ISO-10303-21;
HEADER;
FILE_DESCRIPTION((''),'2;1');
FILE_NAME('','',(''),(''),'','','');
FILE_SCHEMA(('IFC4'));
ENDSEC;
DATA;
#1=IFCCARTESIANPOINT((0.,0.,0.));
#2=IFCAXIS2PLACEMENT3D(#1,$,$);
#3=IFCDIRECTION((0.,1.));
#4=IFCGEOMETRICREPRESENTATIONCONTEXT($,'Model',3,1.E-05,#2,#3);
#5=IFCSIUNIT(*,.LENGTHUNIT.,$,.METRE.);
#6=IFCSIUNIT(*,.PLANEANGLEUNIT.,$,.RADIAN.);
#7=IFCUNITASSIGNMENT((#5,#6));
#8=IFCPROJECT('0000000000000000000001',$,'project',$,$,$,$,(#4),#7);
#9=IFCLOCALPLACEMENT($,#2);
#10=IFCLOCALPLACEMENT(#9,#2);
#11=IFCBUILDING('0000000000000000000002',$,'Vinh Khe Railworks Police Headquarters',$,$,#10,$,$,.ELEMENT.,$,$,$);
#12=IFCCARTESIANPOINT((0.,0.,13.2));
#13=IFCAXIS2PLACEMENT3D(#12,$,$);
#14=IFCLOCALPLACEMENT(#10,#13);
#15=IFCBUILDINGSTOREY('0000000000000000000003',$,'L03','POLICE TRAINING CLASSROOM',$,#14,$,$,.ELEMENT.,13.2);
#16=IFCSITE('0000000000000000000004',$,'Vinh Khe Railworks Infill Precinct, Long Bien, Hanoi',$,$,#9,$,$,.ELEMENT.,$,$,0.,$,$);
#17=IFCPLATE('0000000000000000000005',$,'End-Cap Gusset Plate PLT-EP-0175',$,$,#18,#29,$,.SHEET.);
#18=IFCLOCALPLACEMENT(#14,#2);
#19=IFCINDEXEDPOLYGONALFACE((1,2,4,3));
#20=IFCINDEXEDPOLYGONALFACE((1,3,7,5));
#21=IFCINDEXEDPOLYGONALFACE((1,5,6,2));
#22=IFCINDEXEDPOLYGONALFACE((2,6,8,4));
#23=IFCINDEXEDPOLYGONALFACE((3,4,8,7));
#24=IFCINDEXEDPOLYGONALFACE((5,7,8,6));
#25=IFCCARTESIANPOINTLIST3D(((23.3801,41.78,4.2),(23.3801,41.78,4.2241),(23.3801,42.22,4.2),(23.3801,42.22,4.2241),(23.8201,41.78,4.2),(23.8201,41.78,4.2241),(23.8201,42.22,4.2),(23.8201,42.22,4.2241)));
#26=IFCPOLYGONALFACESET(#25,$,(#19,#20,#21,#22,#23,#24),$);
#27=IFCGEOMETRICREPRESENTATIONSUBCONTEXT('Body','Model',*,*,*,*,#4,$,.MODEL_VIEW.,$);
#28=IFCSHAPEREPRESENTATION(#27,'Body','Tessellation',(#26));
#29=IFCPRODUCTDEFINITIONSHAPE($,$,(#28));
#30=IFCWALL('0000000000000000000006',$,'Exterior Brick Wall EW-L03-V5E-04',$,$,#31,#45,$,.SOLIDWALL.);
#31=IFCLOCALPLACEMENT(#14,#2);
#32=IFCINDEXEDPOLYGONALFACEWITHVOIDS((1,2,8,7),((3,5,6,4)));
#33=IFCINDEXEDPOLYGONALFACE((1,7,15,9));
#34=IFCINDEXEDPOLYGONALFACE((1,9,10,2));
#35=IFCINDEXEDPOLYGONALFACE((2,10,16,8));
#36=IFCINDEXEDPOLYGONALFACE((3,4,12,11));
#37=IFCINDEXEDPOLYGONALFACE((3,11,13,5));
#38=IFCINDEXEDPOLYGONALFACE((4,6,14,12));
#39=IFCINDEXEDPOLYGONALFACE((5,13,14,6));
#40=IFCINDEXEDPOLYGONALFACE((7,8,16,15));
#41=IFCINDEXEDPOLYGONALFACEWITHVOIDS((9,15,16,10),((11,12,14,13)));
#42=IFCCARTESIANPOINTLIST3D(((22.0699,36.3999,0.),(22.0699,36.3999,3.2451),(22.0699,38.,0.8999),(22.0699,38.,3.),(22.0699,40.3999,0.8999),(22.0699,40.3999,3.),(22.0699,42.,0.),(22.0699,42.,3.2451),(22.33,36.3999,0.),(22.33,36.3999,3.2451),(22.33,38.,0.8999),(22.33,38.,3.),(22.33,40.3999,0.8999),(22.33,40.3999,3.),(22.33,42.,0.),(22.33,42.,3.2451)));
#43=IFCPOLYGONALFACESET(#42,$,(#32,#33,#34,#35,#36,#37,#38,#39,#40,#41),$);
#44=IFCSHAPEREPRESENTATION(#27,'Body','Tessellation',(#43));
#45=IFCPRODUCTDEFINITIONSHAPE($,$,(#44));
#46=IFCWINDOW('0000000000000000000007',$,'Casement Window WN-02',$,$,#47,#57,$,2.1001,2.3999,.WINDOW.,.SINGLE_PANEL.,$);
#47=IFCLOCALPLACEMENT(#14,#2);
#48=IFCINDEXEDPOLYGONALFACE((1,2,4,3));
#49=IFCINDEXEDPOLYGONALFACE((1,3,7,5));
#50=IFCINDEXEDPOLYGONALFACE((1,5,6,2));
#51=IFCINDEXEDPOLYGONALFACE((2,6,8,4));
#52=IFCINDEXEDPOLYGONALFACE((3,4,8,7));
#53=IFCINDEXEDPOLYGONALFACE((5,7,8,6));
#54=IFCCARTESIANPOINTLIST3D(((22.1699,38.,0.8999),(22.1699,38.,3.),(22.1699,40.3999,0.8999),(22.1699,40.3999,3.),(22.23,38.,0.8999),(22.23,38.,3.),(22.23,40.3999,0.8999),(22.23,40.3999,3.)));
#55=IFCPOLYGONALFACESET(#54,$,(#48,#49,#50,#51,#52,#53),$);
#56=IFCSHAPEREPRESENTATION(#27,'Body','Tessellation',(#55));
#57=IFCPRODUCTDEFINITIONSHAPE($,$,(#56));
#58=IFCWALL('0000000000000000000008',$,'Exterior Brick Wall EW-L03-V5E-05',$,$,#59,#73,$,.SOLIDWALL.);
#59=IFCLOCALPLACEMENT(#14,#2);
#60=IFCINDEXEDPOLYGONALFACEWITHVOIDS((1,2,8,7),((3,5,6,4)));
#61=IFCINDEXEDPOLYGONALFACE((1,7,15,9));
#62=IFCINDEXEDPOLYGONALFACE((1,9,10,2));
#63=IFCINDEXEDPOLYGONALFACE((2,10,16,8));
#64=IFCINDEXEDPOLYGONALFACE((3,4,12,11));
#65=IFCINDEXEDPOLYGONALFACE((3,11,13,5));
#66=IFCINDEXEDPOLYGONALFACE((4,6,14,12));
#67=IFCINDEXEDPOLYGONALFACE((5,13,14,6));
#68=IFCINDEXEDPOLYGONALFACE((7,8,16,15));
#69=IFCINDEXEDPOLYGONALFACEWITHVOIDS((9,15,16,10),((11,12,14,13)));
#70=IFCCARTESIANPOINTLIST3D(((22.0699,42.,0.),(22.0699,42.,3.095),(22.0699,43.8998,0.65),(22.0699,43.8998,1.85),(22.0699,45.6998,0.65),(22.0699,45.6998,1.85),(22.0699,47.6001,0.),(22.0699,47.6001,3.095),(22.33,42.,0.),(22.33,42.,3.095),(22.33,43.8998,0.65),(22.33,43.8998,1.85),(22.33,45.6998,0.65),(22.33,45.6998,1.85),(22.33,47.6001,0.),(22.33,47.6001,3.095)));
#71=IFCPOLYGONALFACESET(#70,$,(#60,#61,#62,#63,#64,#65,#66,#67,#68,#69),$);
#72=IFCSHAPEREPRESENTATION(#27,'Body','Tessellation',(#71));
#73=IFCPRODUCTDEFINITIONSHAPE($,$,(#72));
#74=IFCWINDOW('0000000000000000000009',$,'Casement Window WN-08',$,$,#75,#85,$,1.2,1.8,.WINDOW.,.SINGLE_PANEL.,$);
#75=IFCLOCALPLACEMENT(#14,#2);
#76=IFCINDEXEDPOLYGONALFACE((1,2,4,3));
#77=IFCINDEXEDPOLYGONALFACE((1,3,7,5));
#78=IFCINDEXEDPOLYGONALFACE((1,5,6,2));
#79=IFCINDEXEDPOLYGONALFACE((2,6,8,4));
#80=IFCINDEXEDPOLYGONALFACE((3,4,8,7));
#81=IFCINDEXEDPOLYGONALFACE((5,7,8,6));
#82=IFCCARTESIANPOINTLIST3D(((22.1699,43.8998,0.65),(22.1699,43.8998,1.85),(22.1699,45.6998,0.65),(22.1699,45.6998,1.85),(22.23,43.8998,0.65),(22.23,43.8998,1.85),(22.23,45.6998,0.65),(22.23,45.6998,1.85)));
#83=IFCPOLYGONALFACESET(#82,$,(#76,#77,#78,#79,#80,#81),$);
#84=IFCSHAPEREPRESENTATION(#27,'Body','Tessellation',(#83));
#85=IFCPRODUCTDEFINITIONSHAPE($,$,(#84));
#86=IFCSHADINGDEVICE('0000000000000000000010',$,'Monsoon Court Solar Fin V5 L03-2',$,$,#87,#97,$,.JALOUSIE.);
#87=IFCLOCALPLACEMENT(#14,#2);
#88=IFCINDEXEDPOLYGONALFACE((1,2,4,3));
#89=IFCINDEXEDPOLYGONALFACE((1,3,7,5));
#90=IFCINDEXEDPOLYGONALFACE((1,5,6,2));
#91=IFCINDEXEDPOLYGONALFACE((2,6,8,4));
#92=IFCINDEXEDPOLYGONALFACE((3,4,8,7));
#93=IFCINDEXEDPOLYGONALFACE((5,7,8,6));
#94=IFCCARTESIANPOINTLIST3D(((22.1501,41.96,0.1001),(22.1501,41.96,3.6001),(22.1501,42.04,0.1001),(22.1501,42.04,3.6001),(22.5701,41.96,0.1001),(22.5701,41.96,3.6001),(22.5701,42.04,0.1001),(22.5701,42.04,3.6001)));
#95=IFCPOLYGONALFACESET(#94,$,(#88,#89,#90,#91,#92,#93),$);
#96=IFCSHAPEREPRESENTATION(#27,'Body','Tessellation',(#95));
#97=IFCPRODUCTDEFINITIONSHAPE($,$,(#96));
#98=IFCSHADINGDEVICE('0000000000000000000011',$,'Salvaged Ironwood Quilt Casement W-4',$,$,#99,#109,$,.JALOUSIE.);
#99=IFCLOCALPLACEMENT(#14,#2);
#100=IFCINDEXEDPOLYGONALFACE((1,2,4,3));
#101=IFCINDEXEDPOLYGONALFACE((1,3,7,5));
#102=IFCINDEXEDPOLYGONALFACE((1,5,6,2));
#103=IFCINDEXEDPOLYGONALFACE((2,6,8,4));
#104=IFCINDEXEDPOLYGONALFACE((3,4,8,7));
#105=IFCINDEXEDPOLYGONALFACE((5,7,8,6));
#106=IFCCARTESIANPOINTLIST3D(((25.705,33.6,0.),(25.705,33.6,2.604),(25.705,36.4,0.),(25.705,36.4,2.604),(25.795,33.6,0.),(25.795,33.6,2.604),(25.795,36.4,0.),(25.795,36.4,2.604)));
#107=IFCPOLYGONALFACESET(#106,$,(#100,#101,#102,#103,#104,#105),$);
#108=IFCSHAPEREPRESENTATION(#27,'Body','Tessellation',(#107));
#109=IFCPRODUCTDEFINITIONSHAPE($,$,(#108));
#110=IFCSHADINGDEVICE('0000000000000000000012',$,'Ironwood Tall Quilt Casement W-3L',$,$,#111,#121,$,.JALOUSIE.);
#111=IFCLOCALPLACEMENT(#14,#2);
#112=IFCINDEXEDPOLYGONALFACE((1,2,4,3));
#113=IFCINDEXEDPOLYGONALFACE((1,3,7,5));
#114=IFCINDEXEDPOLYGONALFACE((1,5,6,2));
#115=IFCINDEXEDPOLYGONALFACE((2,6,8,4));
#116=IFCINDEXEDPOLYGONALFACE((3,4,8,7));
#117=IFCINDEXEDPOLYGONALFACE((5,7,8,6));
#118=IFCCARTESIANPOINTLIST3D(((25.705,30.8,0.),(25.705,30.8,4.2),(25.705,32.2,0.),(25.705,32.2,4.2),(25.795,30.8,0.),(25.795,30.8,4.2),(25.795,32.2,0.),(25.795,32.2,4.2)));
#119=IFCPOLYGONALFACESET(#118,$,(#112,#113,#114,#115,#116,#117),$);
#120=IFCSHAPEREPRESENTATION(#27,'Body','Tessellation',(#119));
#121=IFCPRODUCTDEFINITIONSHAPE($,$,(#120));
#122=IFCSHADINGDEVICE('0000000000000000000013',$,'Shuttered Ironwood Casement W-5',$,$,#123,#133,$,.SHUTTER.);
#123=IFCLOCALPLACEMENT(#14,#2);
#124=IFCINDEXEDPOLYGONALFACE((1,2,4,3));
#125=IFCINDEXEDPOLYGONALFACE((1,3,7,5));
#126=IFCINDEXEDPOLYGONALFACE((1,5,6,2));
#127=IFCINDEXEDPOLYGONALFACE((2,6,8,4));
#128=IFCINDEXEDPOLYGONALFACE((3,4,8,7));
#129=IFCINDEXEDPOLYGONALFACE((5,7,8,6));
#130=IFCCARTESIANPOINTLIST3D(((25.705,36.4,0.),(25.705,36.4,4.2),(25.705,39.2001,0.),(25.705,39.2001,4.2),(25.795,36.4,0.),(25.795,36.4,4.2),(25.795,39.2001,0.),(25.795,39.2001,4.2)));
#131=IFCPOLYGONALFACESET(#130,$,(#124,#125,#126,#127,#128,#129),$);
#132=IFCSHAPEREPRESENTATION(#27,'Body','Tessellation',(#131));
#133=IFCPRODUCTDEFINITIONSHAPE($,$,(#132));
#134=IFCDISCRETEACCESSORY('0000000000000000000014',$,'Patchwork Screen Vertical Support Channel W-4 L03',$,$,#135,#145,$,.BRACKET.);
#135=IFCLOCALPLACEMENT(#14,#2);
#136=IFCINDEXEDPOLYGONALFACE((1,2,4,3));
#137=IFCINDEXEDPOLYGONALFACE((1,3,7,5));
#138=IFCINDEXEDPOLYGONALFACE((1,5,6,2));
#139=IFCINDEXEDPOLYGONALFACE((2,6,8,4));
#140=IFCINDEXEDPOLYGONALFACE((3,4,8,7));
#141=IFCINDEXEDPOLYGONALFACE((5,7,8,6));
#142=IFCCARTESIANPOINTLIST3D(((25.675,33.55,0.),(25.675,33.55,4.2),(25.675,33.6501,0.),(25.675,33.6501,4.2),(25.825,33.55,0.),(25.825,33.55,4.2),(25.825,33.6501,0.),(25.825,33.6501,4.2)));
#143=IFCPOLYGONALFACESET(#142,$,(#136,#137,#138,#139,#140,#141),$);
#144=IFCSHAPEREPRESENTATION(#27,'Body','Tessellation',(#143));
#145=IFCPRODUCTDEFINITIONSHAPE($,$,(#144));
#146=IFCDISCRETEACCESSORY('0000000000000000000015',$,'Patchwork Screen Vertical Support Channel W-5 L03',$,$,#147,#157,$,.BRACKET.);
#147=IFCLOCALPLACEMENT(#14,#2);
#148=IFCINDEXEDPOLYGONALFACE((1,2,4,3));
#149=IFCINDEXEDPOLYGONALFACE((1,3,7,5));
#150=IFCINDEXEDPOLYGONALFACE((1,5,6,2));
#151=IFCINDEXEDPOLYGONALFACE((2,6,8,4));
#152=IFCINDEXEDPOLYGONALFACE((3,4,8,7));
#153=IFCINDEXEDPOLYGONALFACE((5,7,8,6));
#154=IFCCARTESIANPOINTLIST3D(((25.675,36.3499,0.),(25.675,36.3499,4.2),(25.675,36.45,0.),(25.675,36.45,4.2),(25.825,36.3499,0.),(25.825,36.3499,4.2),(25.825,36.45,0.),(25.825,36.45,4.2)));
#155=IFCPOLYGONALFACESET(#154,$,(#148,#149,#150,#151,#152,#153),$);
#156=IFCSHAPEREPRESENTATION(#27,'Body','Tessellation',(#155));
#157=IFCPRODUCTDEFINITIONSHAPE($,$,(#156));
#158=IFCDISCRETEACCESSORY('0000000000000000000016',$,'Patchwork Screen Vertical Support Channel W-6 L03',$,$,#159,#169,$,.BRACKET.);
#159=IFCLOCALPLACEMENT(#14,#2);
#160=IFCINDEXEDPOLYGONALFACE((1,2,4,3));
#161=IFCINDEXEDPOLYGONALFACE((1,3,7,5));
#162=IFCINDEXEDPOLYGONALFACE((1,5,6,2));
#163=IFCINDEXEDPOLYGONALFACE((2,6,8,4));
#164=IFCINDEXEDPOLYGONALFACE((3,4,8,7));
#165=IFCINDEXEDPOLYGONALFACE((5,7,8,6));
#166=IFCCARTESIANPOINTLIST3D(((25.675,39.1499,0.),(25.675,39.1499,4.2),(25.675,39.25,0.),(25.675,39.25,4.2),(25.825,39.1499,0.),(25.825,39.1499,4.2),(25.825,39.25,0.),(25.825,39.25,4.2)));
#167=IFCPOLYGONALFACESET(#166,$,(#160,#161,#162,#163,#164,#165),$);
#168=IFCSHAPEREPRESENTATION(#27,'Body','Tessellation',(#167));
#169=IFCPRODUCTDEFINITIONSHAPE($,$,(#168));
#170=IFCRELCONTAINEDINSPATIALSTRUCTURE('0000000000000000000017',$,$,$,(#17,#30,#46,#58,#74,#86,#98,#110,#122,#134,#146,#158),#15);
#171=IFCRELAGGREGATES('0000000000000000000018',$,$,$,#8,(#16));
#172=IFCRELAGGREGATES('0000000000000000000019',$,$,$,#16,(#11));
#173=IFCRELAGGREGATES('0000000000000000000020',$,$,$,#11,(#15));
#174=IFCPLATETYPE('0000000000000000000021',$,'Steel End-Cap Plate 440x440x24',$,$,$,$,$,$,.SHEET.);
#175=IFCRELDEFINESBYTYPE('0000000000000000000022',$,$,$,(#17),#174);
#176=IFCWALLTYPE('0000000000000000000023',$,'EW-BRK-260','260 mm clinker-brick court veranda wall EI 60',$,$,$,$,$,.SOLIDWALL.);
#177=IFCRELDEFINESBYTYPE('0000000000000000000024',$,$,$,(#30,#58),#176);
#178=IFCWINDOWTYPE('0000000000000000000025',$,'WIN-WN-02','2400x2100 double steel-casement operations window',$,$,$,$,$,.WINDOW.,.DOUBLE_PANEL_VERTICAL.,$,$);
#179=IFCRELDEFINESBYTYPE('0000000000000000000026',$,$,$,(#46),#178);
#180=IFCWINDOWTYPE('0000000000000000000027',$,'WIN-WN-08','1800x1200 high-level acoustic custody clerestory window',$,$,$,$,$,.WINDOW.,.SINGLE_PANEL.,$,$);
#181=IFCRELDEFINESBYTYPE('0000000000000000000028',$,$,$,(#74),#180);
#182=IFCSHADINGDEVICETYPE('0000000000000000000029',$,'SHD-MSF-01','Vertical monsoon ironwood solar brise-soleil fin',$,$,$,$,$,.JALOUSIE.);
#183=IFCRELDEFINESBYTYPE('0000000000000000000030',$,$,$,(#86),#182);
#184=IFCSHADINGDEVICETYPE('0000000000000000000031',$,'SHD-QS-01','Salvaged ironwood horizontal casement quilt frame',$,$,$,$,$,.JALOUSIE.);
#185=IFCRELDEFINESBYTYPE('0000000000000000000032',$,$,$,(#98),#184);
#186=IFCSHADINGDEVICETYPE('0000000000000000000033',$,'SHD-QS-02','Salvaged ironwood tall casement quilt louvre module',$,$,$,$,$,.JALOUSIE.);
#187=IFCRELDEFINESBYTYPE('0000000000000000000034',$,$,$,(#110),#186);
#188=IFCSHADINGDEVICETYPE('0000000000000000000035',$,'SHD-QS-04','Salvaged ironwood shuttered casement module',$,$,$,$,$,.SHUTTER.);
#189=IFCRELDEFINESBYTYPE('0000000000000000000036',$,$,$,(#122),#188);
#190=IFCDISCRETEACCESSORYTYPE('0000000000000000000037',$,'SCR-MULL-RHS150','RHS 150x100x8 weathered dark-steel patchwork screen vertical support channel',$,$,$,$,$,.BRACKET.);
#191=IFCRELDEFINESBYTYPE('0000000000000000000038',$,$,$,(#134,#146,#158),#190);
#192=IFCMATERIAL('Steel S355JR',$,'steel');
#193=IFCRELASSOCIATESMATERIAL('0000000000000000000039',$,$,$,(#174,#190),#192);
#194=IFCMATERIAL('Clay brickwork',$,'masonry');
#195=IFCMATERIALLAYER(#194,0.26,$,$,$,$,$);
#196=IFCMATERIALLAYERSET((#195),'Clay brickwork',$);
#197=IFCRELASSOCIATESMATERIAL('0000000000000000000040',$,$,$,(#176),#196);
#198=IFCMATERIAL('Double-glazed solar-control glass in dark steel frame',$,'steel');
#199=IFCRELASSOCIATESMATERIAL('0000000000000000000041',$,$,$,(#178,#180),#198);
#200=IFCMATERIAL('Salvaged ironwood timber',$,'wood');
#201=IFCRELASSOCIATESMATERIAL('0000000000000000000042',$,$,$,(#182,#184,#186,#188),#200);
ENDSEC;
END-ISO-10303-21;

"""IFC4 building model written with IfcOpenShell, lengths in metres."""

from ifc_helpers import new_model, si_unit, direction, frame, frame_2d, origin, origin_2d, place, context, subcontext, project, spatial, rectangle, extrude, material, layer, layer_set, material_profile, profile_set, type_object, element, fill, save


model = new_model("IFC4")

# Units and contexts
model_context = context("Model", 3, precision=1e-05, world=origin(), true_north=direction((0.0, 1.0)))
body_context = subcontext(model_context, "Body", "Model", "MODEL_VIEW")
ifc_project = project(units=[si_unit("LENGTHUNIT", "METRE"), si_unit("PLANEANGLEUNIT", "RADIAN")], contexts=[model_context])

# Site, building, storey
site_placement = place(None, origin())
site = spatial("IfcSite", under=ifc_project, at=site_placement, Name="Vinh Khe Railworks Infill Precinct, Long Bien, Hanoi", CompositionType="ELEMENT", RefElevation=0.0)
building_placement = place(site_placement, origin())
building = spatial("IfcBuilding", under=site, at=building_placement, Name="Vinh Khe Railworks Police Headquarters", CompositionType="ELEMENT")
storey_placement = place(building_placement, frame((0.0, 0.0, 13.2)))
storey = spatial("IfcBuildingStorey", under=building, at=storey_placement, Name="L03", Description="POLICE TRAINING CLASSROOM", CompositionType="ELEMENT", Elevation=13.2)

# Shared definitions
ifc_material_1 = material(Name="Steel S355JR", Category="steel")

# Shared definitions
ifc_material_2 = material(Name="Salvaged ironwood timber", Category="wood")

# Plate
ifc_material_profile_1 = material_profile(ifc_material_1, rectangle(XDim=0.4399, YDim=0.4399, at=origin_2d()), Name="PL 440x440")
ifc_profile_set_1 = profile_set([ifc_material_profile_1], Name="Steel S355JR")
plate_type_1 = type_object("IfcPlateType", Name="Steel End-Cap Plate 440x440x24", PredefinedType="SHEET", material=ifc_profile_set_1)
plate_1_placement = place(storey_placement, frame((23.6001, 42.0, 4.2), z_axis=(0.0, 0.0, 1.0), x_axis=(1.0, 0.0, 0.0)))
element("IfcPlate", 1, at=plate_1_placement, inside=storey, type_object=plate_type_1, Name="End-Cap Gusset Plate PLT-EP-0175", PredefinedType="SHEET", context=body_context, shape_type="SweptSolid", body=[
    extrude(rectangle(XDim=0.4399, YDim=0.4399, at=origin_2d()), origin(), (0.0, 0.0, 1.0), 0.0242),
])

# Walls, openings, windows
ifc_material_3 = material(Name="Clay brickwork", Category="masonry")
ifc_layer = layer(ifc_material_3, 0.26)
ifc_layer_set = layer_set([ifc_layer], Name="Clay brickwork")
wall_type = type_object("IfcWallType", Name="EW-BRK-260", Description="260 mm clinker-brick court veranda wall EI 60", PredefinedType="SOLIDWALL", material=ifc_layer_set)
wall_1_placement = place(storey_placement, frame((22.2, 36.3999, 0.0), z_axis=(0.0, 0.0, 1.0), x_axis=(0.0, 1.0, 0.0)))
wall_1 = element("IfcWall", 2, at=wall_1_placement, inside=storey, type_object=wall_type, Name="Exterior Brick Wall EW-L03-V5E-04", PredefinedType="SOLIDWALL", context=body_context, shape_type="SweptSolid", body=[
    extrude(rectangle(XDim=5.6001, YDim=0.26, at=frame_2d((2.8, 0.0))), origin(), (0.0, 0.0, 1.0), 3.2451),
])
opening_1_placement = place(wall_1_placement, frame((1.6001, 0.0, 0.8999)))
opening_1 = element("IfcOpeningElement", 3, at=opening_1_placement, cuts=wall_1, PredefinedType="OPENING", context=body_context, shape_type="SweptSolid", body=[
    extrude(rectangle(XDim=2.3999, YDim=2.1001, at=frame_2d((1.2, 1.05))), frame((0.0, 0.145, 0.0), z_axis=(0.0, -1.0, 0.0), x_axis=(1.0, 0.0, 0.0)), (0.0, 0.0, 1.0), 0.2898),
])
ifc_material_4 = material(Name="Double-glazed solar-control glass in dark steel frame", Category="steel")
window_type_1 = type_object("IfcWindowType", Name="WIN-WN-02", Description="2400x2100 double steel-casement operations window", PartitioningType="DOUBLE_PANEL_VERTICAL", PredefinedType="WINDOW", material=ifc_material_4)
window_1_placement = place(opening_1_placement, origin())
window_1 = element("IfcWindow", 4, at=window_1_placement, inside=storey, type_object=window_type_1, Name="Casement Window WN-02", OverallHeight=2.1001, OverallWidth=2.3999, PartitioningType="SINGLE_PANEL", PredefinedType="WINDOW", context=body_context, shape_type="SweptSolid", body=[
    extrude(rectangle(XDim=2.3999, YDim=2.1001, at=frame_2d((1.2, 1.05))), frame((0.0, 0.03, 0.0), z_axis=(0.0, -1.0, 0.0), x_axis=(1.0, 0.0, 0.0)), (0.0, 0.0, 1.0), 0.0601),
])
fill(opening_1, window_1)
wall_2_placement = place(storey_placement, frame((22.2, 42.0, 0.0), z_axis=(0.0, 0.0, 1.0), x_axis=(0.0, 1.0, 0.0)))
wall_2 = element("IfcWall", 5, at=wall_2_placement, inside=storey, type_object=wall_type, Name="Exterior Brick Wall EW-L03-V5E-05", PredefinedType="SOLIDWALL", context=body_context, shape_type="SweptSolid", body=[
    extrude(rectangle(XDim=5.6001, YDim=0.26, at=frame_2d((2.8, 0.0))), origin(), (0.0, 0.0, 1.0), 3.095),
])
opening_2_placement = place(wall_2_placement, frame((1.8999, 0.0, 0.6499)))
opening_2 = element("IfcOpeningElement", 6, at=opening_2_placement, cuts=wall_2, PredefinedType="OPENING", context=body_context, shape_type="SweptSolid", body=[
    extrude(rectangle(XDim=1.8, YDim=1.2, at=frame_2d((0.8999, 0.6001))), frame((0.0, 0.145, 0.0), z_axis=(0.0, -1.0, 0.0), x_axis=(1.0, 0.0, 0.0)), (0.0, 0.0, 1.0), 0.2898),
])
window_type_2 = type_object("IfcWindowType", Name="WIN-WN-08", Description="1800x1200 high-level acoustic custody clerestory window", PartitioningType="SINGLE_PANEL", PredefinedType="WINDOW", material=ifc_material_4)
window_2_placement = place(opening_2_placement, origin())
window_2 = element("IfcWindow", 7, at=window_2_placement, inside=storey, type_object=window_type_2, Name="Casement Window WN-08", OverallHeight=1.2, OverallWidth=1.8, PartitioningType="SINGLE_PANEL", PredefinedType="WINDOW", context=body_context, shape_type="SweptSolid", body=[
    extrude(rectangle(XDim=1.8, YDim=1.2, at=frame_2d((0.8999, 0.6001))), frame((0.0, 0.03, 0.0), z_axis=(0.0, -1.0, 0.0), x_axis=(1.0, 0.0, 0.0)), (0.0, 0.0, 1.0), 0.0601),
])
fill(opening_2, window_2)

# Shading devices
shading_device_type_1 = type_object("IfcShadingDeviceType", Name="SHD-MSF-01", Description="Vertical monsoon ironwood solar brise-soleil fin", PredefinedType="JALOUSIE", material=ifc_material_2)
shading_device_1_placement = place(storey_placement, frame((22.3601, 42.0, 0.1001), z_axis=(0.0, 0.0, 1.0), x_axis=(1.0, 0.0, 0.0)))
element("IfcShadingDevice", 8, at=shading_device_1_placement, inside=storey, type_object=shading_device_type_1, Name="Monsoon Court Solar Fin V5 L03-2", PredefinedType="JALOUSIE", context=body_context, shape_type="SweptSolid", body=[
    extrude(rectangle(XDim=0.4199, YDim=0.0801, at=origin_2d()), origin(), (0.0, 0.0, 1.0), 3.5),
])
shading_device_type_2 = type_object("IfcShadingDeviceType", Name="SHD-QS-01", Description="Salvaged ironwood horizontal casement quilt frame", PredefinedType="JALOUSIE", material=ifc_material_2)
shading_device_2_placement = place(storey_placement, frame((25.75, 35.0, 0.0), z_axis=(0.0, 0.0, 1.0), x_axis=(0.0, 1.0, 0.0)))
element("IfcShadingDevice", 9, at=shading_device_2_placement, inside=storey, type_object=shading_device_type_2, Name="Salvaged Ironwood Quilt Casement W-4", PredefinedType="JALOUSIE", context=body_context, shape_type="SweptSolid", body=[
    extrude(rectangle(XDim=2.8, YDim=0.0901, at=origin_2d()), origin(), (0.0, 0.0, 1.0), 2.604),
])
shading_device_type_3 = type_object("IfcShadingDeviceType", Name="SHD-QS-02", Description="Salvaged ironwood tall casement quilt louvre module", PredefinedType="JALOUSIE", material=ifc_material_2)
shading_device_3_placement = place(storey_placement, frame((25.75, 31.5, 0.0), z_axis=(0.0, 0.0, 1.0), x_axis=(0.0, 1.0, 0.0)))
element("IfcShadingDevice", 10, at=shading_device_3_placement, inside=storey, type_object=shading_device_type_3, Name="Ironwood Tall Quilt Casement W-3L", PredefinedType="JALOUSIE", context=body_context, shape_type="SweptSolid", body=[
    extrude(rectangle(XDim=1.3999, YDim=0.0901, at=origin_2d()), origin(), (0.0, 0.0, 1.0), 4.2),
])
shading_device_type_4 = type_object("IfcShadingDeviceType", Name="SHD-QS-04", Description="Salvaged ironwood shuttered casement module", PredefinedType="SHUTTER", material=ifc_material_2)
shading_device_4_placement = place(storey_placement, frame((25.75, 37.8, 0.0), z_axis=(0.0, 0.0, 1.0), x_axis=(0.0, 1.0, 0.0)))
element("IfcShadingDevice", 11, at=shading_device_4_placement, inside=storey, type_object=shading_device_type_4, Name="Shuttered Ironwood Casement W-5", PredefinedType="SHUTTER", context=body_context, shape_type="SweptSolid", body=[
    extrude(rectangle(XDim=2.8, YDim=0.0901, at=origin_2d()), origin(), (0.0, 0.0, 1.0), 4.2),
])

# Discrete accessories
discrete_accessory_type = type_object("IfcDiscreteAccessoryType", Name="SCR-MULL-RHS150", Description="RHS 150x100x8 weathered dark-steel patchwork screen vertical support channel", PredefinedType="BRACKET", material=ifc_material_1)
for number, where, z_axis, x_axis, name in (
    (12, (25.75, 33.6001, 0.0), (0.0, 0.0, 1.0), (1.0, 0.0, 0.0), "Patchwork Screen Vertical Support Channel W-4 L03"),
    (13, (25.75, 36.3999, 0.0), (0.0, 0.0, 1.0), (1.0, 0.0, 0.0), "Patchwork Screen Vertical Support Channel W-5 L03"),
    (14, (25.75, 39.2, 0.0), (0.0, 0.0, 1.0), (1.0, 0.0, 0.0), "Patchwork Screen Vertical Support Channel W-6 L03"),
):
    element("IfcDiscreteAccessory", number, at=place(storey_placement, frame(where, z_axis=z_axis, x_axis=x_axis)), inside=storey, type_object=discrete_accessory_type, Name=name, PredefinedType="BRACKET", context=body_context, shape_type="SweptSolid", body=[
        extrude(rectangle(XDim=0.1499, YDim=0.1001, at=origin_2d()), origin(), (0.0, 0.0, 1.0), 4.2),
    ])

save(model, "model.ifc")
